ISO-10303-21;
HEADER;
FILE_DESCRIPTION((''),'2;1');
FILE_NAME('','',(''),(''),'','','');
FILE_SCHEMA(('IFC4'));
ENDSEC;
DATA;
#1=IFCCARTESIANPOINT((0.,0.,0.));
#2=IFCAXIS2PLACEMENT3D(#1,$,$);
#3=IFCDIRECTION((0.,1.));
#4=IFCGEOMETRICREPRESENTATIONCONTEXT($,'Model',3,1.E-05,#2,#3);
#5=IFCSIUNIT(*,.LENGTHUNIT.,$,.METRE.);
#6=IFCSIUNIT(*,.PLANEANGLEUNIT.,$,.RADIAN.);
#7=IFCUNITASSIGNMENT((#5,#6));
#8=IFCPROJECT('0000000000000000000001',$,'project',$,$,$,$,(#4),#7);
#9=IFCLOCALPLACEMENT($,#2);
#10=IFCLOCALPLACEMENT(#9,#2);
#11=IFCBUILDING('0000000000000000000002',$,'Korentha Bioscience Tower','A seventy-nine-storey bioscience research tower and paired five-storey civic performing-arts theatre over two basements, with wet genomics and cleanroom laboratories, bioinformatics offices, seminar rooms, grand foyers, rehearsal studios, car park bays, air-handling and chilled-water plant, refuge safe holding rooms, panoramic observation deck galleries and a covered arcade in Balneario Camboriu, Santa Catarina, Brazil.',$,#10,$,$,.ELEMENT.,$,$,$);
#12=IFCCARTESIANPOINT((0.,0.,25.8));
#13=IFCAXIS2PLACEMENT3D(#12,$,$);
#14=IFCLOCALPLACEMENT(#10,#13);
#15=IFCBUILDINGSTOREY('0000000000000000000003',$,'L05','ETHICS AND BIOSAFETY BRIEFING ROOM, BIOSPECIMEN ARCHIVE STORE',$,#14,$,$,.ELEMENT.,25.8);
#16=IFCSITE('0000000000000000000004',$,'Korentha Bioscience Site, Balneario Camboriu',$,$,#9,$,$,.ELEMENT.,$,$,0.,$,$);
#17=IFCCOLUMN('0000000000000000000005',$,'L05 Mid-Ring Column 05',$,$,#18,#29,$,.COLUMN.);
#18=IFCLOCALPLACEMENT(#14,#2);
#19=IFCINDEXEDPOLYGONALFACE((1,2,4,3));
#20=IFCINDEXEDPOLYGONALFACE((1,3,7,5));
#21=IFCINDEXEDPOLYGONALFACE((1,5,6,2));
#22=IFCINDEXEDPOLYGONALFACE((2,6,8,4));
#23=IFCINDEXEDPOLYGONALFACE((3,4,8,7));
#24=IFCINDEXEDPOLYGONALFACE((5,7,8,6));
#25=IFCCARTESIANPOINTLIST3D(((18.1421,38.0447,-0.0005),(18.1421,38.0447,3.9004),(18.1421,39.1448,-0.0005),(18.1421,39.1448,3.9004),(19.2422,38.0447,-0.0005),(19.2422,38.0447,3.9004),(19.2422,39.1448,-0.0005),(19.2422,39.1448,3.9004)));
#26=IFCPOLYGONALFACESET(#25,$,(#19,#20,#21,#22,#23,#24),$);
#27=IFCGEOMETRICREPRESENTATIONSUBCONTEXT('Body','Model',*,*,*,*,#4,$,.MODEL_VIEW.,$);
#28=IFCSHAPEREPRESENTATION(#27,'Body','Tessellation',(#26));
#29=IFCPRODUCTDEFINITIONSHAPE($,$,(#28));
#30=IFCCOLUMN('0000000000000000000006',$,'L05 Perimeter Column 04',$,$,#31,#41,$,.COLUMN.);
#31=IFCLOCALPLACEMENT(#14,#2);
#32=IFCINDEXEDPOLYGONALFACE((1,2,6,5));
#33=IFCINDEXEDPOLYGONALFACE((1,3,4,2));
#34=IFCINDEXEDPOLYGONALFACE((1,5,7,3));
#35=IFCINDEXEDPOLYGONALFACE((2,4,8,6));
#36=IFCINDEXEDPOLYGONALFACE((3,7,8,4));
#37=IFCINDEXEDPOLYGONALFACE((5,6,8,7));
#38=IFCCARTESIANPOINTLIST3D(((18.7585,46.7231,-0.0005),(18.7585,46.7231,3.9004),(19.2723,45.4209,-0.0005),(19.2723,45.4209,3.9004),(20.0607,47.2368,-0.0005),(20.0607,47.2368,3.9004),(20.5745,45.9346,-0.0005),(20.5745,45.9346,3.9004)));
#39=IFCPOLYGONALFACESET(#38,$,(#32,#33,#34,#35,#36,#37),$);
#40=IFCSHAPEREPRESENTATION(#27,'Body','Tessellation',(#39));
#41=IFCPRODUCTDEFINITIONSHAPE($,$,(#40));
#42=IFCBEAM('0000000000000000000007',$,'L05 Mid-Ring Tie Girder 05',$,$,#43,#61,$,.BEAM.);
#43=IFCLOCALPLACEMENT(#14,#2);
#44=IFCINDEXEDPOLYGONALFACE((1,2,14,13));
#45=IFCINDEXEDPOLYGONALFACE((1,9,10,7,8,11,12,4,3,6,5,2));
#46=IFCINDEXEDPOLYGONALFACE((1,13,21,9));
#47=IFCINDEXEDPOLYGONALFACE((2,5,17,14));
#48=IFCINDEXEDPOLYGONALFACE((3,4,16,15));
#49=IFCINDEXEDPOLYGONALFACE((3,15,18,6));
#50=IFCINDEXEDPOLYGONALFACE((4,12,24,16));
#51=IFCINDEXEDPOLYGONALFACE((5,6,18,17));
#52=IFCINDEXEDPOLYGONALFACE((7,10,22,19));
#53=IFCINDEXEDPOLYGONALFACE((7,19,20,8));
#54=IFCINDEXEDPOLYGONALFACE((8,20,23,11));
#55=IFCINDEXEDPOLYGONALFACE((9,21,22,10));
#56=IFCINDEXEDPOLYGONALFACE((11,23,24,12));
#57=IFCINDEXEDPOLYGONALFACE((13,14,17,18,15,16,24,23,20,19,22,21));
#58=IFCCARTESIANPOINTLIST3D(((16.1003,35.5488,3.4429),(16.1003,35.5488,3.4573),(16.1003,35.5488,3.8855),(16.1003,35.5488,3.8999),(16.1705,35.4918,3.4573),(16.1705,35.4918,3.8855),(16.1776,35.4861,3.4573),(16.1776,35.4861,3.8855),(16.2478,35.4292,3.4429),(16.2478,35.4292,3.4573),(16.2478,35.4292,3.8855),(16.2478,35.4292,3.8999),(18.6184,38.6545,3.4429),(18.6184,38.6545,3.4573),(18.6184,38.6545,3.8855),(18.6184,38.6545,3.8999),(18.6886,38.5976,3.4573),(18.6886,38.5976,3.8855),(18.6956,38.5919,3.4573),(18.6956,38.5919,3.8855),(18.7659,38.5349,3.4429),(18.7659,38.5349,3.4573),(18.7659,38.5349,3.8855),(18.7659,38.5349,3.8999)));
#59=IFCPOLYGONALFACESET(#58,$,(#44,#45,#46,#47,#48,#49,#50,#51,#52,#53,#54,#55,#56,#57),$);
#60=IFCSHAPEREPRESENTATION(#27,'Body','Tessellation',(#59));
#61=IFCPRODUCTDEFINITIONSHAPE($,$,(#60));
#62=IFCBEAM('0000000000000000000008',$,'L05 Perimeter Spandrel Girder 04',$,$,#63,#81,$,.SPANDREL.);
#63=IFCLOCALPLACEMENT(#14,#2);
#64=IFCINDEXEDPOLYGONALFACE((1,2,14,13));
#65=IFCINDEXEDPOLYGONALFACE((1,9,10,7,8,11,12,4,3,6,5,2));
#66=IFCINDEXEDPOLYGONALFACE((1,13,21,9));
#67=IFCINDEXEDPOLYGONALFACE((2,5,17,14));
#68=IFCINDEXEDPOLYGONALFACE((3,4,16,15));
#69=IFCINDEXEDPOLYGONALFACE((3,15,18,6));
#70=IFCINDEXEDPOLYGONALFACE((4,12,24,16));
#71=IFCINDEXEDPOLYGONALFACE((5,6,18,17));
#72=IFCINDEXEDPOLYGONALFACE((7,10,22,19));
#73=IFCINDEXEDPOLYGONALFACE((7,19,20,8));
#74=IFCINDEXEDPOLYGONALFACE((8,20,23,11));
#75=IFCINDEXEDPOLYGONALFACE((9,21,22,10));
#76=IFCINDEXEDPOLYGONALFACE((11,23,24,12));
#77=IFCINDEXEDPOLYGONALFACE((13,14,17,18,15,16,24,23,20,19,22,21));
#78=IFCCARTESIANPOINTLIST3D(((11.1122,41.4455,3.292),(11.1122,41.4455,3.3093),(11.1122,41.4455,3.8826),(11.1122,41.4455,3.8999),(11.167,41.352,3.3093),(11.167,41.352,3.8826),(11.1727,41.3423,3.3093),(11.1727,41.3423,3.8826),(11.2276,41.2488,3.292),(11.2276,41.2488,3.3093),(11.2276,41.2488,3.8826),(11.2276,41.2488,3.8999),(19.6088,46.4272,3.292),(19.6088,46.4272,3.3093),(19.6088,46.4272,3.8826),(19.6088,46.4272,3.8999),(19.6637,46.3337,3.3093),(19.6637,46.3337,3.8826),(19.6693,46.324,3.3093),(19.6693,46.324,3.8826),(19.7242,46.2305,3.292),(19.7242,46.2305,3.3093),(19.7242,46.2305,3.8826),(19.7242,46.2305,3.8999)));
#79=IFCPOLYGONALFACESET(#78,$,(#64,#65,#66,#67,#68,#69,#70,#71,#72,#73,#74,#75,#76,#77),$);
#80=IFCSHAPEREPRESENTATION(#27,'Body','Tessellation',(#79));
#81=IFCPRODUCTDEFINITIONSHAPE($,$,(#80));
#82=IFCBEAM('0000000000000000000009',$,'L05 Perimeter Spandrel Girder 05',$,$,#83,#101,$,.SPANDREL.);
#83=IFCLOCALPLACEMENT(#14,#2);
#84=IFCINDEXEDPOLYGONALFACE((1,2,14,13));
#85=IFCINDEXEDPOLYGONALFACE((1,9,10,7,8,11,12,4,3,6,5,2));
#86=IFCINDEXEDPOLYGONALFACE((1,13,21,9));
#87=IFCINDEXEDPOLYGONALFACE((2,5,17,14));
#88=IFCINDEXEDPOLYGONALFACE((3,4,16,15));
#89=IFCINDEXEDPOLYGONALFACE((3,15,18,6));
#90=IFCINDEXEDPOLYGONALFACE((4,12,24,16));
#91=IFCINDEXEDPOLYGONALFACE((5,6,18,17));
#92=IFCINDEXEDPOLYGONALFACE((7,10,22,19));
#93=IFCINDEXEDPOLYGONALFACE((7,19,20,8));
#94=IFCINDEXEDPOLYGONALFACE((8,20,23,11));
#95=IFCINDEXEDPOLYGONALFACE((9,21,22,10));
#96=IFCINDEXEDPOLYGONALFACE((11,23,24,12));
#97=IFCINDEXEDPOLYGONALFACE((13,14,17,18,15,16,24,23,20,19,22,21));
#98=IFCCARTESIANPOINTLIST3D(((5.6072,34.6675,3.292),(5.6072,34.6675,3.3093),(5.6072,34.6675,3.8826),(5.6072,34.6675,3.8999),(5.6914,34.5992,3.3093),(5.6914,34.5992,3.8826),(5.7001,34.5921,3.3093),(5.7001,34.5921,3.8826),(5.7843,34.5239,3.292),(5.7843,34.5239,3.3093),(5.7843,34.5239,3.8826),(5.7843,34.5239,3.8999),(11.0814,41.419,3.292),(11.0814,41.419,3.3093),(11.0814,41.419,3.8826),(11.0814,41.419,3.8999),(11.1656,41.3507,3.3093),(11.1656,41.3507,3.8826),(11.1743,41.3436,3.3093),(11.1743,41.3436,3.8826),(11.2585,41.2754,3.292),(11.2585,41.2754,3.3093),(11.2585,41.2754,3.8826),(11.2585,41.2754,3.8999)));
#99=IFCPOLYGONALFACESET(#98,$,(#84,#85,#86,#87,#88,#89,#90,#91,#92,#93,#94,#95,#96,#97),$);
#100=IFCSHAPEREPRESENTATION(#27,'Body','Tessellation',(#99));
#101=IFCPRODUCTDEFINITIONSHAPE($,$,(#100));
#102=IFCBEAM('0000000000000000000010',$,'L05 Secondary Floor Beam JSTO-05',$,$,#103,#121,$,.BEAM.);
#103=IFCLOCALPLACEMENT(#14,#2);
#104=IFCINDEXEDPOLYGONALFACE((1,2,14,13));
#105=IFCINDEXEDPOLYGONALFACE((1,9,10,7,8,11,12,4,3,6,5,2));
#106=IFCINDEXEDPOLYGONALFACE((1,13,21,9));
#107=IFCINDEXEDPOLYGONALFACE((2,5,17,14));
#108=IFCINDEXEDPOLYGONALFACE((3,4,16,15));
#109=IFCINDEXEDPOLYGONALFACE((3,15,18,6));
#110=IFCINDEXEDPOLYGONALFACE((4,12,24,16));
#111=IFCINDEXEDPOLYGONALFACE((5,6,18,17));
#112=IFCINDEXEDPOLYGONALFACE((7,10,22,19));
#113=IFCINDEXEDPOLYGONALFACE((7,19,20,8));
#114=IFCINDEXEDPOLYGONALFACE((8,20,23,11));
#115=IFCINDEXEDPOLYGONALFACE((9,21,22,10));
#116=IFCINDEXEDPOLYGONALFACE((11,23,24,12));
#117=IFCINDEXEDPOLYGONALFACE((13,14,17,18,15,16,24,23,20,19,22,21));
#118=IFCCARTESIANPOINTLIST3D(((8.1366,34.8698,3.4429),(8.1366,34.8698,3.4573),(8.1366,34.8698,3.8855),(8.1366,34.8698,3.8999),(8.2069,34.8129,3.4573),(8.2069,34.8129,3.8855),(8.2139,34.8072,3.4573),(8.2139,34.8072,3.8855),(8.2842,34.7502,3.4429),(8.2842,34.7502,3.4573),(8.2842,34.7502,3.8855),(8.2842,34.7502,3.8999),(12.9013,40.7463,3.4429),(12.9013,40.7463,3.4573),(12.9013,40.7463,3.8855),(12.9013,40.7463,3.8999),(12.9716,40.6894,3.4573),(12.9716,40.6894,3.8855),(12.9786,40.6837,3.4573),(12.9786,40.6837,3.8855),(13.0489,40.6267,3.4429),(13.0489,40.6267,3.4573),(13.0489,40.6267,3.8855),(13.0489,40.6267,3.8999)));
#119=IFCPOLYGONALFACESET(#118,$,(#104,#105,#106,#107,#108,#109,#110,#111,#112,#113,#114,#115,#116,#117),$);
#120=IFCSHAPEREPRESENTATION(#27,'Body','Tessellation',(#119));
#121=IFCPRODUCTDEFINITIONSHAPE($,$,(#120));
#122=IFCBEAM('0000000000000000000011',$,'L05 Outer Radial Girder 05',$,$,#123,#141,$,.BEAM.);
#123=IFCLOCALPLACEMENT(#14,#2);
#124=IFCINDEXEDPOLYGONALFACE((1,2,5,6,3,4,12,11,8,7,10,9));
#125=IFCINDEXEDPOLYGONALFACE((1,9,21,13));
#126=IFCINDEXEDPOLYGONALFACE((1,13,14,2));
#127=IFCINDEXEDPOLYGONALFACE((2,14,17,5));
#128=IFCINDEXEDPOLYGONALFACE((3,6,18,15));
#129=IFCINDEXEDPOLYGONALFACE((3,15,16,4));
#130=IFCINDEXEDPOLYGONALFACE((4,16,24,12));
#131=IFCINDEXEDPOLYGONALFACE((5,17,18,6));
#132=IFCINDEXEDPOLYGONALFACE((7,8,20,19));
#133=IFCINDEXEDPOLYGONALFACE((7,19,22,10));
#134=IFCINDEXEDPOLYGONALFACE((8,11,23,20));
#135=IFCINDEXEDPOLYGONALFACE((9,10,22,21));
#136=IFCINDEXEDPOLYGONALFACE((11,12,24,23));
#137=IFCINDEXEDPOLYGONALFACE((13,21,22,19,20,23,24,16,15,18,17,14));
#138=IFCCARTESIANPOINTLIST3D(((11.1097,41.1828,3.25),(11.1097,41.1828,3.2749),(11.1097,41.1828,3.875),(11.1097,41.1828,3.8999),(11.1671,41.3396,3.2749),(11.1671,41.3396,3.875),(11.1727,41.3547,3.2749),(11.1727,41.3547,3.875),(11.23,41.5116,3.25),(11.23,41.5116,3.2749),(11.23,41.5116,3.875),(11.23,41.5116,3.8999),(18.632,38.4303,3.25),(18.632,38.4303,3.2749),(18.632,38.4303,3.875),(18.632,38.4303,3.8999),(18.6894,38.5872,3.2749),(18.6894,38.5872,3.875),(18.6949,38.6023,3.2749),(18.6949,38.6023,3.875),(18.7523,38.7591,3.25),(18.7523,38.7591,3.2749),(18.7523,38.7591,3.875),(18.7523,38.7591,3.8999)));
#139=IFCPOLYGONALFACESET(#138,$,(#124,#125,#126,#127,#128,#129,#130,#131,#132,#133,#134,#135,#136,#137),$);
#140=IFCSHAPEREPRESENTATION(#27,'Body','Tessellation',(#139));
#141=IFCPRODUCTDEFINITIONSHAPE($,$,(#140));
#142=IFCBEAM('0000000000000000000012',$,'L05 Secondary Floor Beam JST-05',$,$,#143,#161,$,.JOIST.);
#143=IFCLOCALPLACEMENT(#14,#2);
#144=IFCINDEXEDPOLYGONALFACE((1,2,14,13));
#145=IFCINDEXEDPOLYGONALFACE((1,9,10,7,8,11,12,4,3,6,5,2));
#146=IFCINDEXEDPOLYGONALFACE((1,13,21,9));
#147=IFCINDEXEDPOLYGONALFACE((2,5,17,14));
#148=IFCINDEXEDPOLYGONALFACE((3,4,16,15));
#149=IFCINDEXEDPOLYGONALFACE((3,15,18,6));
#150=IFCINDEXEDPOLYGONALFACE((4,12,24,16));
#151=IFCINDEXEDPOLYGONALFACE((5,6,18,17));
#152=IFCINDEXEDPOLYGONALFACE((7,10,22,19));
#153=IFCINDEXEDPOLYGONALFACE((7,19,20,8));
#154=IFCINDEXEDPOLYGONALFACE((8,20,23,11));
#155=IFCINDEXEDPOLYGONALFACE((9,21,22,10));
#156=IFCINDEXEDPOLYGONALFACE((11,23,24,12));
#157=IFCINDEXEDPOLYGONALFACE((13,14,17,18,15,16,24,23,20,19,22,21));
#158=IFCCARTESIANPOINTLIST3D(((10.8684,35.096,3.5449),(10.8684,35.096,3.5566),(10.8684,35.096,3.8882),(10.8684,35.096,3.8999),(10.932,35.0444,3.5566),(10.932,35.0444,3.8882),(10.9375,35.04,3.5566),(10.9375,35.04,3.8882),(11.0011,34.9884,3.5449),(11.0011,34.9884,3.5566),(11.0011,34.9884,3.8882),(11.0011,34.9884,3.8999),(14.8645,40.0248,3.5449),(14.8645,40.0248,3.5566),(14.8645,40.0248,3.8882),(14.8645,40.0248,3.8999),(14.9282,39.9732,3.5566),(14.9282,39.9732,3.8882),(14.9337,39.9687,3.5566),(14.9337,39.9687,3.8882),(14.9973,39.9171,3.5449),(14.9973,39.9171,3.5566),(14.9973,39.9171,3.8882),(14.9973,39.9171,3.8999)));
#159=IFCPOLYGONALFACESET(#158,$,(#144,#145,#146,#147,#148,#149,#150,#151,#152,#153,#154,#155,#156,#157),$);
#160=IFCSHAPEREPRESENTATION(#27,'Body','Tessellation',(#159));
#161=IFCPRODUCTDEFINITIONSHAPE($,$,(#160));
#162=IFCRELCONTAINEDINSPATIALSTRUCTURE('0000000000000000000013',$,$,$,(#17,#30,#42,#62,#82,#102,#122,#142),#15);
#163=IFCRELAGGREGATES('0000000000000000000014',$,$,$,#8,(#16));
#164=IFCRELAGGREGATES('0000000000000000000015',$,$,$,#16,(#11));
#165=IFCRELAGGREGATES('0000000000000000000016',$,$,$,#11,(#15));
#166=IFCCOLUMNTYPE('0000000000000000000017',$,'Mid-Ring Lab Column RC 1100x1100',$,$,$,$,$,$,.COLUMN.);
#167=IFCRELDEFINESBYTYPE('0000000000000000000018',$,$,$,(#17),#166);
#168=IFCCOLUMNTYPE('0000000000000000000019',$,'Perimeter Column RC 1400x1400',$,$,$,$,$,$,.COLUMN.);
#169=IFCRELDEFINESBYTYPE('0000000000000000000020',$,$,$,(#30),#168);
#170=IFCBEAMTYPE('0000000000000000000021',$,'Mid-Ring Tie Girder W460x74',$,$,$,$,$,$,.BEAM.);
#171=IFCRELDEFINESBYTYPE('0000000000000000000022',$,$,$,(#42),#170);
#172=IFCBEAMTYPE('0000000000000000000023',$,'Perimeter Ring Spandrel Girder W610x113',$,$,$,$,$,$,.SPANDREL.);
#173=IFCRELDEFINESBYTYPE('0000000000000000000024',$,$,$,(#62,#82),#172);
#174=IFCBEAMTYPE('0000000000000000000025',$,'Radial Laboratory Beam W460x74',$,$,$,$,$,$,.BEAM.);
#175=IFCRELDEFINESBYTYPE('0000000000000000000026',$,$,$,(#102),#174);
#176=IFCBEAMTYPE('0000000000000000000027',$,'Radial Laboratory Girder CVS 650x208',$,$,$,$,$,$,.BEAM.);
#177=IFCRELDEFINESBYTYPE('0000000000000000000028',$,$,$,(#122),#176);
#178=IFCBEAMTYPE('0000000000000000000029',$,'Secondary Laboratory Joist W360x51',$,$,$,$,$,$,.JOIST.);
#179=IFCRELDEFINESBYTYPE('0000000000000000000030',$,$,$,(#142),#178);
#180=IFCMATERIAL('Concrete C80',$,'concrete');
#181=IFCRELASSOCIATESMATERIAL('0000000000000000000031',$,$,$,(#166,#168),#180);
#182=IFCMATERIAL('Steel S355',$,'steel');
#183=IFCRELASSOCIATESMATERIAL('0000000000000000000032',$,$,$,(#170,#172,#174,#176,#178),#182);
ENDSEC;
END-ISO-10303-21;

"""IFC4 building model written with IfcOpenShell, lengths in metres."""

from ifc_helpers import new_model, si_unit, direction, frame, origin, origin_2d, place, context, subcontext, project, spatial, rectangle, i_section, extrude, material, material_profile, profile_set, type_object, element, save


model = new_model("IFC4")

# Units and contexts
model_context = context("Model", 3, precision=1e-05, world=origin(), true_north=direction((0.0, 1.0)))
body_context = subcontext(model_context, "Body", "Model", "MODEL_VIEW")
ifc_project = project(units=[si_unit("LENGTHUNIT", "METRE"), si_unit("PLANEANGLEUNIT", "RADIAN")], contexts=[model_context])

# Site, building, storey
site_placement = place(None, origin())
site = spatial("IfcSite", under=ifc_project, at=site_placement, Name="Korentha Bioscience Site, Balneario Camboriu", CompositionType="ELEMENT", RefElevation=0.0)
building_placement = place(site_placement, origin())
building = spatial("IfcBuilding", under=site, at=building_placement, Name="Korentha Bioscience Tower", Description="A seventy-nine-storey bioscience research tower and paired five-storey civic performing-arts theatre over two basements, with wet genomics and cleanroom laboratories, bioinformatics offices, seminar rooms, grand foyers, rehearsal studios, car park bays, air-handling and chilled-water plant, refuge safe holding rooms, panoramic observation deck galleries and a covered arcade in Balneario Camboriu, Santa Catarina, Brazil.", CompositionType="ELEMENT")
storey_placement = place(building_placement, frame((0.0, 0.0, 25.8)))
storey = spatial("IfcBuildingStorey", under=building, at=storey_placement, Name="L05", Description="ETHICS AND BIOSAFETY BRIEFING ROOM, BIOSPECIMEN ARCHIVE STORE", CompositionType="ELEMENT", Elevation=25.8)

# Columns
ifc_material_1 = material(Name="Concrete C80", Category="concrete")
ifc_material_profile_1 = material_profile(ifc_material_1, rectangle(XDim=1.1001, YDim=1.1001, at=origin_2d()), Name="Concrete C80")
ifc_profile_set_1 = profile_set([ifc_material_profile_1], Name="Concrete C80 (COL-MR11)")
column_type_1 = type_object("IfcColumnType", Name="Mid-Ring Lab Column RC 1100x1100", PredefinedType="COLUMN", material=ifc_profile_set_1)
column_1_placement = place(storey_placement, frame((18.6921, 38.5947, -0.0005), z_axis=(0.0, 0.0, 1.0), x_axis=(1.0, 0.0, 0.0)))
element("IfcColumn", 1, at=column_1_placement, inside=storey, type_object=column_type_1, Name="L05 Mid-Ring Column 05", PredefinedType="COLUMN", context=body_context, shape_type="SweptSolid", body=[
    extrude(rectangle(XDim=1.1001, YDim=1.1001, at=origin_2d()), origin(), (0.0, 0.0, 1.0), 3.9009),
])
ifc_material_profile_2 = material_profile(ifc_material_1, rectangle(XDim=1.3999, YDim=1.3999, at=origin_2d()), Name="Concrete C80")
ifc_profile_set_2 = profile_set([ifc_material_profile_2], Name="Concrete C80 (COL-P14)")
column_type_2 = type_object("IfcColumnType", Name="Perimeter Column RC 1400x1400", PredefinedType="COLUMN", material=ifc_profile_set_2)
column_2_placement = place(storey_placement, frame((19.6665, 46.3289, -0.0005), z_axis=(0.0, 0.0, 1.0), x_axis=(0.930226, 0.366988, 0.0)))
element("IfcColumn", 2, at=column_2_placement, inside=storey, type_object=column_type_2, Name="L05 Perimeter Column 04", PredefinedType="COLUMN", context=body_context, shape_type="SweptSolid", body=[
    extrude(rectangle(XDim=1.3999, YDim=1.3999, at=origin_2d()), origin(), (0.0, 0.0, 1.0), 3.9009),
])

# Beams
ifc_material_2 = material(Name="Steel S355", Category="steel")
ifc_material_profile_3 = material_profile(ifc_material_2, i_section(OverallWidth=0.1899, OverallDepth=0.457, WebThickness=0.009, FlangeThickness=0.0144, at=origin_2d()), Name="Steel S355")
ifc_profile_set_3 = profile_set([ifc_material_profile_3], Name="Steel S355 (MB-460)")
beam_type_1 = type_object("IfcBeamType", Name="Mid-Ring Tie Girder W460x74", PredefinedType="BEAM", material=ifc_profile_set_3)
beam_1_placement = place(storey_placement, frame((18.6921, 38.5947, 3.6714), z_axis=(-0.62979, -0.776765, 0.0), x_axis=(0.776765, -0.62979, 0.0)))
element("IfcBeam", 3, at=beam_1_placement, inside=storey, type_object=beam_type_1, Name="L05 Mid-Ring Tie Girder 05", PredefinedType="BEAM", context=body_context, shape_type="SweptSolid", body=[
    extrude(i_section(OverallWidth=0.1899, OverallDepth=0.457, WebThickness=0.009, FlangeThickness=0.0144, at=origin_2d()), origin(), (0.0, 0.0, 1.0), 3.9983),
])
ifc_material_profile_4 = material_profile(ifc_material_2, i_section(OverallWidth=0.228, OverallDepth=0.6079, WebThickness=0.0112, FlangeThickness=0.0173, at=origin_2d()), Name="Steel S355")
ifc_profile_set_4 = profile_set([ifc_material_profile_4], Name="Steel S355 (SB-610)")
beam_type_2 = type_object("IfcBeamType", Name="Perimeter Ring Spandrel Girder W610x113", PredefinedType="SPANDREL", material=ifc_profile_set_4)
beam_2_placement = place(storey_placement, frame((19.6665, 46.3289, 3.5959), z_axis=(-0.862657, -0.50579, 0.0), x_axis=(0.50579, -0.862657, 0.0)))
element("IfcBeam", 4, at=beam_2_placement, inside=storey, type_object=beam_type_2, Name="L05 Perimeter Spandrel Girder 04", PredefinedType="SPANDREL", context=body_context, shape_type="SweptSolid", body=[
    extrude(i_section(OverallWidth=0.228, OverallDepth=0.6079, WebThickness=0.0112, FlangeThickness=0.0173, at=origin_2d()), origin(), (0.0, 0.0, 1.0), 9.8494),
])
beam_3_placement = place(storey_placement, frame((11.1699, 41.3472, 3.5959), z_axis=(-0.629799, -0.776758, 0.0), x_axis=(0.776758, -0.629799, 0.0)))
element("IfcBeam", 5, at=beam_3_placement, inside=storey, type_object=beam_type_2, Name="L05 Perimeter Spandrel Girder 05", PredefinedType="SPANDREL", context=body_context, shape_type="SweptSolid", body=[
    extrude(i_section(OverallWidth=0.228, OverallDepth=0.6079, WebThickness=0.0112, FlangeThickness=0.0173, at=origin_2d()), origin(), (0.0, 0.0, 1.0), 8.6919),
])
ifc_material_profile_5 = material_profile(ifc_material_2, i_section(OverallWidth=0.1899, OverallDepth=0.457, WebThickness=0.009, FlangeThickness=0.0144, at=origin_2d()), Name="Steel S355")
ifc_profile_set_5 = profile_set([ifc_material_profile_5], Name="Steel S355 (RB-460)")
beam_type_3 = type_object("IfcBeamType", Name="Radial Laboratory Beam W460x74", PredefinedType="BEAM", material=ifc_profile_set_5)
beam_4_placement = place(storey_placement, frame((12.9751, 40.6865, 3.6714), z_axis=(-0.629798, -0.776759, 0.0), x_axis=(0.776759, -0.629798, 0.0)))
element("IfcBeam", 6, at=beam_4_placement, inside=storey, type_object=beam_type_3, Name="L05 Secondary Floor Beam JSTO-05", PredefinedType="BEAM", context=body_context, shape_type="SweptSolid", body=[
    extrude(i_section(OverallWidth=0.1899, OverallDepth=0.457, WebThickness=0.009, FlangeThickness=0.0144, at=origin_2d()), origin(), (0.0, 0.0, 1.0), 7.5654),
])
ifc_material_profile_6 = material_profile(ifc_material_2, i_section(OverallWidth=0.3501, OverallDepth=0.6499, WebThickness=0.0161, FlangeThickness=0.0249, at=origin_2d()), Name="Steel S355")
ifc_profile_set_6 = profile_set([ifc_material_profile_6], Name="Steel S355 (RB-650)")
beam_type_4 = type_object("IfcBeamType", Name="Radial Laboratory Girder CVS 650x208", PredefinedType="BEAM", material=ifc_profile_set_6)
beam_5_placement = place(storey_placement, frame((18.6921, 38.5947, 3.575), z_axis=(-0.939106, 0.343627, 0.0), x_axis=(-0.343627, -0.939106, 0.0)))
element("IfcBeam", 7, at=beam_5_placement, inside=storey, type_object=beam_type_4, Name="L05 Outer Radial Girder 05", PredefinedType="BEAM", context=body_context, shape_type="SweptSolid", body=[
    extrude(i_section(OverallWidth=0.3501, OverallDepth=0.6499, WebThickness=0.0161, FlangeThickness=0.0249, at=origin_2d()), origin(), (0.0, 0.0, 1.0), 8.01),
])
ifc_material_profile_7 = material_profile(ifc_material_2, i_section(OverallWidth=0.1709, OverallDepth=0.355, WebThickness=0.0071, FlangeThickness=0.0117, at=origin_2d()), Name="Steel S355")
ifc_profile_set_7 = profile_set([ifc_material_profile_7], Name="Steel S355 (JB-360)")
beam_type_5 = type_object("IfcBeamType", Name="Secondary Laboratory Joist W360x51", PredefinedType="JOIST", material=ifc_profile_set_7)
beam_6_placement = place(storey_placement, frame((14.9309, 39.9709, 3.7224), z_axis=(-0.629787, -0.776768, 0.0), x_axis=(0.776768, -0.629787, 0.0)))
element("IfcBeam", 8, at=beam_6_placement, inside=storey, type_object=beam_type_5, Name="L05 Secondary Floor Beam JST-05", PredefinedType="JOIST", context=body_context, shape_type="SweptSolid", body=[
    extrude(i_section(OverallWidth=0.1709, OverallDepth=0.355, WebThickness=0.0071, FlangeThickness=0.0117, at=origin_2d()), origin(), (0.0, 0.0, 1.0), 6.3452),
])

save(model, "model.ifc")
